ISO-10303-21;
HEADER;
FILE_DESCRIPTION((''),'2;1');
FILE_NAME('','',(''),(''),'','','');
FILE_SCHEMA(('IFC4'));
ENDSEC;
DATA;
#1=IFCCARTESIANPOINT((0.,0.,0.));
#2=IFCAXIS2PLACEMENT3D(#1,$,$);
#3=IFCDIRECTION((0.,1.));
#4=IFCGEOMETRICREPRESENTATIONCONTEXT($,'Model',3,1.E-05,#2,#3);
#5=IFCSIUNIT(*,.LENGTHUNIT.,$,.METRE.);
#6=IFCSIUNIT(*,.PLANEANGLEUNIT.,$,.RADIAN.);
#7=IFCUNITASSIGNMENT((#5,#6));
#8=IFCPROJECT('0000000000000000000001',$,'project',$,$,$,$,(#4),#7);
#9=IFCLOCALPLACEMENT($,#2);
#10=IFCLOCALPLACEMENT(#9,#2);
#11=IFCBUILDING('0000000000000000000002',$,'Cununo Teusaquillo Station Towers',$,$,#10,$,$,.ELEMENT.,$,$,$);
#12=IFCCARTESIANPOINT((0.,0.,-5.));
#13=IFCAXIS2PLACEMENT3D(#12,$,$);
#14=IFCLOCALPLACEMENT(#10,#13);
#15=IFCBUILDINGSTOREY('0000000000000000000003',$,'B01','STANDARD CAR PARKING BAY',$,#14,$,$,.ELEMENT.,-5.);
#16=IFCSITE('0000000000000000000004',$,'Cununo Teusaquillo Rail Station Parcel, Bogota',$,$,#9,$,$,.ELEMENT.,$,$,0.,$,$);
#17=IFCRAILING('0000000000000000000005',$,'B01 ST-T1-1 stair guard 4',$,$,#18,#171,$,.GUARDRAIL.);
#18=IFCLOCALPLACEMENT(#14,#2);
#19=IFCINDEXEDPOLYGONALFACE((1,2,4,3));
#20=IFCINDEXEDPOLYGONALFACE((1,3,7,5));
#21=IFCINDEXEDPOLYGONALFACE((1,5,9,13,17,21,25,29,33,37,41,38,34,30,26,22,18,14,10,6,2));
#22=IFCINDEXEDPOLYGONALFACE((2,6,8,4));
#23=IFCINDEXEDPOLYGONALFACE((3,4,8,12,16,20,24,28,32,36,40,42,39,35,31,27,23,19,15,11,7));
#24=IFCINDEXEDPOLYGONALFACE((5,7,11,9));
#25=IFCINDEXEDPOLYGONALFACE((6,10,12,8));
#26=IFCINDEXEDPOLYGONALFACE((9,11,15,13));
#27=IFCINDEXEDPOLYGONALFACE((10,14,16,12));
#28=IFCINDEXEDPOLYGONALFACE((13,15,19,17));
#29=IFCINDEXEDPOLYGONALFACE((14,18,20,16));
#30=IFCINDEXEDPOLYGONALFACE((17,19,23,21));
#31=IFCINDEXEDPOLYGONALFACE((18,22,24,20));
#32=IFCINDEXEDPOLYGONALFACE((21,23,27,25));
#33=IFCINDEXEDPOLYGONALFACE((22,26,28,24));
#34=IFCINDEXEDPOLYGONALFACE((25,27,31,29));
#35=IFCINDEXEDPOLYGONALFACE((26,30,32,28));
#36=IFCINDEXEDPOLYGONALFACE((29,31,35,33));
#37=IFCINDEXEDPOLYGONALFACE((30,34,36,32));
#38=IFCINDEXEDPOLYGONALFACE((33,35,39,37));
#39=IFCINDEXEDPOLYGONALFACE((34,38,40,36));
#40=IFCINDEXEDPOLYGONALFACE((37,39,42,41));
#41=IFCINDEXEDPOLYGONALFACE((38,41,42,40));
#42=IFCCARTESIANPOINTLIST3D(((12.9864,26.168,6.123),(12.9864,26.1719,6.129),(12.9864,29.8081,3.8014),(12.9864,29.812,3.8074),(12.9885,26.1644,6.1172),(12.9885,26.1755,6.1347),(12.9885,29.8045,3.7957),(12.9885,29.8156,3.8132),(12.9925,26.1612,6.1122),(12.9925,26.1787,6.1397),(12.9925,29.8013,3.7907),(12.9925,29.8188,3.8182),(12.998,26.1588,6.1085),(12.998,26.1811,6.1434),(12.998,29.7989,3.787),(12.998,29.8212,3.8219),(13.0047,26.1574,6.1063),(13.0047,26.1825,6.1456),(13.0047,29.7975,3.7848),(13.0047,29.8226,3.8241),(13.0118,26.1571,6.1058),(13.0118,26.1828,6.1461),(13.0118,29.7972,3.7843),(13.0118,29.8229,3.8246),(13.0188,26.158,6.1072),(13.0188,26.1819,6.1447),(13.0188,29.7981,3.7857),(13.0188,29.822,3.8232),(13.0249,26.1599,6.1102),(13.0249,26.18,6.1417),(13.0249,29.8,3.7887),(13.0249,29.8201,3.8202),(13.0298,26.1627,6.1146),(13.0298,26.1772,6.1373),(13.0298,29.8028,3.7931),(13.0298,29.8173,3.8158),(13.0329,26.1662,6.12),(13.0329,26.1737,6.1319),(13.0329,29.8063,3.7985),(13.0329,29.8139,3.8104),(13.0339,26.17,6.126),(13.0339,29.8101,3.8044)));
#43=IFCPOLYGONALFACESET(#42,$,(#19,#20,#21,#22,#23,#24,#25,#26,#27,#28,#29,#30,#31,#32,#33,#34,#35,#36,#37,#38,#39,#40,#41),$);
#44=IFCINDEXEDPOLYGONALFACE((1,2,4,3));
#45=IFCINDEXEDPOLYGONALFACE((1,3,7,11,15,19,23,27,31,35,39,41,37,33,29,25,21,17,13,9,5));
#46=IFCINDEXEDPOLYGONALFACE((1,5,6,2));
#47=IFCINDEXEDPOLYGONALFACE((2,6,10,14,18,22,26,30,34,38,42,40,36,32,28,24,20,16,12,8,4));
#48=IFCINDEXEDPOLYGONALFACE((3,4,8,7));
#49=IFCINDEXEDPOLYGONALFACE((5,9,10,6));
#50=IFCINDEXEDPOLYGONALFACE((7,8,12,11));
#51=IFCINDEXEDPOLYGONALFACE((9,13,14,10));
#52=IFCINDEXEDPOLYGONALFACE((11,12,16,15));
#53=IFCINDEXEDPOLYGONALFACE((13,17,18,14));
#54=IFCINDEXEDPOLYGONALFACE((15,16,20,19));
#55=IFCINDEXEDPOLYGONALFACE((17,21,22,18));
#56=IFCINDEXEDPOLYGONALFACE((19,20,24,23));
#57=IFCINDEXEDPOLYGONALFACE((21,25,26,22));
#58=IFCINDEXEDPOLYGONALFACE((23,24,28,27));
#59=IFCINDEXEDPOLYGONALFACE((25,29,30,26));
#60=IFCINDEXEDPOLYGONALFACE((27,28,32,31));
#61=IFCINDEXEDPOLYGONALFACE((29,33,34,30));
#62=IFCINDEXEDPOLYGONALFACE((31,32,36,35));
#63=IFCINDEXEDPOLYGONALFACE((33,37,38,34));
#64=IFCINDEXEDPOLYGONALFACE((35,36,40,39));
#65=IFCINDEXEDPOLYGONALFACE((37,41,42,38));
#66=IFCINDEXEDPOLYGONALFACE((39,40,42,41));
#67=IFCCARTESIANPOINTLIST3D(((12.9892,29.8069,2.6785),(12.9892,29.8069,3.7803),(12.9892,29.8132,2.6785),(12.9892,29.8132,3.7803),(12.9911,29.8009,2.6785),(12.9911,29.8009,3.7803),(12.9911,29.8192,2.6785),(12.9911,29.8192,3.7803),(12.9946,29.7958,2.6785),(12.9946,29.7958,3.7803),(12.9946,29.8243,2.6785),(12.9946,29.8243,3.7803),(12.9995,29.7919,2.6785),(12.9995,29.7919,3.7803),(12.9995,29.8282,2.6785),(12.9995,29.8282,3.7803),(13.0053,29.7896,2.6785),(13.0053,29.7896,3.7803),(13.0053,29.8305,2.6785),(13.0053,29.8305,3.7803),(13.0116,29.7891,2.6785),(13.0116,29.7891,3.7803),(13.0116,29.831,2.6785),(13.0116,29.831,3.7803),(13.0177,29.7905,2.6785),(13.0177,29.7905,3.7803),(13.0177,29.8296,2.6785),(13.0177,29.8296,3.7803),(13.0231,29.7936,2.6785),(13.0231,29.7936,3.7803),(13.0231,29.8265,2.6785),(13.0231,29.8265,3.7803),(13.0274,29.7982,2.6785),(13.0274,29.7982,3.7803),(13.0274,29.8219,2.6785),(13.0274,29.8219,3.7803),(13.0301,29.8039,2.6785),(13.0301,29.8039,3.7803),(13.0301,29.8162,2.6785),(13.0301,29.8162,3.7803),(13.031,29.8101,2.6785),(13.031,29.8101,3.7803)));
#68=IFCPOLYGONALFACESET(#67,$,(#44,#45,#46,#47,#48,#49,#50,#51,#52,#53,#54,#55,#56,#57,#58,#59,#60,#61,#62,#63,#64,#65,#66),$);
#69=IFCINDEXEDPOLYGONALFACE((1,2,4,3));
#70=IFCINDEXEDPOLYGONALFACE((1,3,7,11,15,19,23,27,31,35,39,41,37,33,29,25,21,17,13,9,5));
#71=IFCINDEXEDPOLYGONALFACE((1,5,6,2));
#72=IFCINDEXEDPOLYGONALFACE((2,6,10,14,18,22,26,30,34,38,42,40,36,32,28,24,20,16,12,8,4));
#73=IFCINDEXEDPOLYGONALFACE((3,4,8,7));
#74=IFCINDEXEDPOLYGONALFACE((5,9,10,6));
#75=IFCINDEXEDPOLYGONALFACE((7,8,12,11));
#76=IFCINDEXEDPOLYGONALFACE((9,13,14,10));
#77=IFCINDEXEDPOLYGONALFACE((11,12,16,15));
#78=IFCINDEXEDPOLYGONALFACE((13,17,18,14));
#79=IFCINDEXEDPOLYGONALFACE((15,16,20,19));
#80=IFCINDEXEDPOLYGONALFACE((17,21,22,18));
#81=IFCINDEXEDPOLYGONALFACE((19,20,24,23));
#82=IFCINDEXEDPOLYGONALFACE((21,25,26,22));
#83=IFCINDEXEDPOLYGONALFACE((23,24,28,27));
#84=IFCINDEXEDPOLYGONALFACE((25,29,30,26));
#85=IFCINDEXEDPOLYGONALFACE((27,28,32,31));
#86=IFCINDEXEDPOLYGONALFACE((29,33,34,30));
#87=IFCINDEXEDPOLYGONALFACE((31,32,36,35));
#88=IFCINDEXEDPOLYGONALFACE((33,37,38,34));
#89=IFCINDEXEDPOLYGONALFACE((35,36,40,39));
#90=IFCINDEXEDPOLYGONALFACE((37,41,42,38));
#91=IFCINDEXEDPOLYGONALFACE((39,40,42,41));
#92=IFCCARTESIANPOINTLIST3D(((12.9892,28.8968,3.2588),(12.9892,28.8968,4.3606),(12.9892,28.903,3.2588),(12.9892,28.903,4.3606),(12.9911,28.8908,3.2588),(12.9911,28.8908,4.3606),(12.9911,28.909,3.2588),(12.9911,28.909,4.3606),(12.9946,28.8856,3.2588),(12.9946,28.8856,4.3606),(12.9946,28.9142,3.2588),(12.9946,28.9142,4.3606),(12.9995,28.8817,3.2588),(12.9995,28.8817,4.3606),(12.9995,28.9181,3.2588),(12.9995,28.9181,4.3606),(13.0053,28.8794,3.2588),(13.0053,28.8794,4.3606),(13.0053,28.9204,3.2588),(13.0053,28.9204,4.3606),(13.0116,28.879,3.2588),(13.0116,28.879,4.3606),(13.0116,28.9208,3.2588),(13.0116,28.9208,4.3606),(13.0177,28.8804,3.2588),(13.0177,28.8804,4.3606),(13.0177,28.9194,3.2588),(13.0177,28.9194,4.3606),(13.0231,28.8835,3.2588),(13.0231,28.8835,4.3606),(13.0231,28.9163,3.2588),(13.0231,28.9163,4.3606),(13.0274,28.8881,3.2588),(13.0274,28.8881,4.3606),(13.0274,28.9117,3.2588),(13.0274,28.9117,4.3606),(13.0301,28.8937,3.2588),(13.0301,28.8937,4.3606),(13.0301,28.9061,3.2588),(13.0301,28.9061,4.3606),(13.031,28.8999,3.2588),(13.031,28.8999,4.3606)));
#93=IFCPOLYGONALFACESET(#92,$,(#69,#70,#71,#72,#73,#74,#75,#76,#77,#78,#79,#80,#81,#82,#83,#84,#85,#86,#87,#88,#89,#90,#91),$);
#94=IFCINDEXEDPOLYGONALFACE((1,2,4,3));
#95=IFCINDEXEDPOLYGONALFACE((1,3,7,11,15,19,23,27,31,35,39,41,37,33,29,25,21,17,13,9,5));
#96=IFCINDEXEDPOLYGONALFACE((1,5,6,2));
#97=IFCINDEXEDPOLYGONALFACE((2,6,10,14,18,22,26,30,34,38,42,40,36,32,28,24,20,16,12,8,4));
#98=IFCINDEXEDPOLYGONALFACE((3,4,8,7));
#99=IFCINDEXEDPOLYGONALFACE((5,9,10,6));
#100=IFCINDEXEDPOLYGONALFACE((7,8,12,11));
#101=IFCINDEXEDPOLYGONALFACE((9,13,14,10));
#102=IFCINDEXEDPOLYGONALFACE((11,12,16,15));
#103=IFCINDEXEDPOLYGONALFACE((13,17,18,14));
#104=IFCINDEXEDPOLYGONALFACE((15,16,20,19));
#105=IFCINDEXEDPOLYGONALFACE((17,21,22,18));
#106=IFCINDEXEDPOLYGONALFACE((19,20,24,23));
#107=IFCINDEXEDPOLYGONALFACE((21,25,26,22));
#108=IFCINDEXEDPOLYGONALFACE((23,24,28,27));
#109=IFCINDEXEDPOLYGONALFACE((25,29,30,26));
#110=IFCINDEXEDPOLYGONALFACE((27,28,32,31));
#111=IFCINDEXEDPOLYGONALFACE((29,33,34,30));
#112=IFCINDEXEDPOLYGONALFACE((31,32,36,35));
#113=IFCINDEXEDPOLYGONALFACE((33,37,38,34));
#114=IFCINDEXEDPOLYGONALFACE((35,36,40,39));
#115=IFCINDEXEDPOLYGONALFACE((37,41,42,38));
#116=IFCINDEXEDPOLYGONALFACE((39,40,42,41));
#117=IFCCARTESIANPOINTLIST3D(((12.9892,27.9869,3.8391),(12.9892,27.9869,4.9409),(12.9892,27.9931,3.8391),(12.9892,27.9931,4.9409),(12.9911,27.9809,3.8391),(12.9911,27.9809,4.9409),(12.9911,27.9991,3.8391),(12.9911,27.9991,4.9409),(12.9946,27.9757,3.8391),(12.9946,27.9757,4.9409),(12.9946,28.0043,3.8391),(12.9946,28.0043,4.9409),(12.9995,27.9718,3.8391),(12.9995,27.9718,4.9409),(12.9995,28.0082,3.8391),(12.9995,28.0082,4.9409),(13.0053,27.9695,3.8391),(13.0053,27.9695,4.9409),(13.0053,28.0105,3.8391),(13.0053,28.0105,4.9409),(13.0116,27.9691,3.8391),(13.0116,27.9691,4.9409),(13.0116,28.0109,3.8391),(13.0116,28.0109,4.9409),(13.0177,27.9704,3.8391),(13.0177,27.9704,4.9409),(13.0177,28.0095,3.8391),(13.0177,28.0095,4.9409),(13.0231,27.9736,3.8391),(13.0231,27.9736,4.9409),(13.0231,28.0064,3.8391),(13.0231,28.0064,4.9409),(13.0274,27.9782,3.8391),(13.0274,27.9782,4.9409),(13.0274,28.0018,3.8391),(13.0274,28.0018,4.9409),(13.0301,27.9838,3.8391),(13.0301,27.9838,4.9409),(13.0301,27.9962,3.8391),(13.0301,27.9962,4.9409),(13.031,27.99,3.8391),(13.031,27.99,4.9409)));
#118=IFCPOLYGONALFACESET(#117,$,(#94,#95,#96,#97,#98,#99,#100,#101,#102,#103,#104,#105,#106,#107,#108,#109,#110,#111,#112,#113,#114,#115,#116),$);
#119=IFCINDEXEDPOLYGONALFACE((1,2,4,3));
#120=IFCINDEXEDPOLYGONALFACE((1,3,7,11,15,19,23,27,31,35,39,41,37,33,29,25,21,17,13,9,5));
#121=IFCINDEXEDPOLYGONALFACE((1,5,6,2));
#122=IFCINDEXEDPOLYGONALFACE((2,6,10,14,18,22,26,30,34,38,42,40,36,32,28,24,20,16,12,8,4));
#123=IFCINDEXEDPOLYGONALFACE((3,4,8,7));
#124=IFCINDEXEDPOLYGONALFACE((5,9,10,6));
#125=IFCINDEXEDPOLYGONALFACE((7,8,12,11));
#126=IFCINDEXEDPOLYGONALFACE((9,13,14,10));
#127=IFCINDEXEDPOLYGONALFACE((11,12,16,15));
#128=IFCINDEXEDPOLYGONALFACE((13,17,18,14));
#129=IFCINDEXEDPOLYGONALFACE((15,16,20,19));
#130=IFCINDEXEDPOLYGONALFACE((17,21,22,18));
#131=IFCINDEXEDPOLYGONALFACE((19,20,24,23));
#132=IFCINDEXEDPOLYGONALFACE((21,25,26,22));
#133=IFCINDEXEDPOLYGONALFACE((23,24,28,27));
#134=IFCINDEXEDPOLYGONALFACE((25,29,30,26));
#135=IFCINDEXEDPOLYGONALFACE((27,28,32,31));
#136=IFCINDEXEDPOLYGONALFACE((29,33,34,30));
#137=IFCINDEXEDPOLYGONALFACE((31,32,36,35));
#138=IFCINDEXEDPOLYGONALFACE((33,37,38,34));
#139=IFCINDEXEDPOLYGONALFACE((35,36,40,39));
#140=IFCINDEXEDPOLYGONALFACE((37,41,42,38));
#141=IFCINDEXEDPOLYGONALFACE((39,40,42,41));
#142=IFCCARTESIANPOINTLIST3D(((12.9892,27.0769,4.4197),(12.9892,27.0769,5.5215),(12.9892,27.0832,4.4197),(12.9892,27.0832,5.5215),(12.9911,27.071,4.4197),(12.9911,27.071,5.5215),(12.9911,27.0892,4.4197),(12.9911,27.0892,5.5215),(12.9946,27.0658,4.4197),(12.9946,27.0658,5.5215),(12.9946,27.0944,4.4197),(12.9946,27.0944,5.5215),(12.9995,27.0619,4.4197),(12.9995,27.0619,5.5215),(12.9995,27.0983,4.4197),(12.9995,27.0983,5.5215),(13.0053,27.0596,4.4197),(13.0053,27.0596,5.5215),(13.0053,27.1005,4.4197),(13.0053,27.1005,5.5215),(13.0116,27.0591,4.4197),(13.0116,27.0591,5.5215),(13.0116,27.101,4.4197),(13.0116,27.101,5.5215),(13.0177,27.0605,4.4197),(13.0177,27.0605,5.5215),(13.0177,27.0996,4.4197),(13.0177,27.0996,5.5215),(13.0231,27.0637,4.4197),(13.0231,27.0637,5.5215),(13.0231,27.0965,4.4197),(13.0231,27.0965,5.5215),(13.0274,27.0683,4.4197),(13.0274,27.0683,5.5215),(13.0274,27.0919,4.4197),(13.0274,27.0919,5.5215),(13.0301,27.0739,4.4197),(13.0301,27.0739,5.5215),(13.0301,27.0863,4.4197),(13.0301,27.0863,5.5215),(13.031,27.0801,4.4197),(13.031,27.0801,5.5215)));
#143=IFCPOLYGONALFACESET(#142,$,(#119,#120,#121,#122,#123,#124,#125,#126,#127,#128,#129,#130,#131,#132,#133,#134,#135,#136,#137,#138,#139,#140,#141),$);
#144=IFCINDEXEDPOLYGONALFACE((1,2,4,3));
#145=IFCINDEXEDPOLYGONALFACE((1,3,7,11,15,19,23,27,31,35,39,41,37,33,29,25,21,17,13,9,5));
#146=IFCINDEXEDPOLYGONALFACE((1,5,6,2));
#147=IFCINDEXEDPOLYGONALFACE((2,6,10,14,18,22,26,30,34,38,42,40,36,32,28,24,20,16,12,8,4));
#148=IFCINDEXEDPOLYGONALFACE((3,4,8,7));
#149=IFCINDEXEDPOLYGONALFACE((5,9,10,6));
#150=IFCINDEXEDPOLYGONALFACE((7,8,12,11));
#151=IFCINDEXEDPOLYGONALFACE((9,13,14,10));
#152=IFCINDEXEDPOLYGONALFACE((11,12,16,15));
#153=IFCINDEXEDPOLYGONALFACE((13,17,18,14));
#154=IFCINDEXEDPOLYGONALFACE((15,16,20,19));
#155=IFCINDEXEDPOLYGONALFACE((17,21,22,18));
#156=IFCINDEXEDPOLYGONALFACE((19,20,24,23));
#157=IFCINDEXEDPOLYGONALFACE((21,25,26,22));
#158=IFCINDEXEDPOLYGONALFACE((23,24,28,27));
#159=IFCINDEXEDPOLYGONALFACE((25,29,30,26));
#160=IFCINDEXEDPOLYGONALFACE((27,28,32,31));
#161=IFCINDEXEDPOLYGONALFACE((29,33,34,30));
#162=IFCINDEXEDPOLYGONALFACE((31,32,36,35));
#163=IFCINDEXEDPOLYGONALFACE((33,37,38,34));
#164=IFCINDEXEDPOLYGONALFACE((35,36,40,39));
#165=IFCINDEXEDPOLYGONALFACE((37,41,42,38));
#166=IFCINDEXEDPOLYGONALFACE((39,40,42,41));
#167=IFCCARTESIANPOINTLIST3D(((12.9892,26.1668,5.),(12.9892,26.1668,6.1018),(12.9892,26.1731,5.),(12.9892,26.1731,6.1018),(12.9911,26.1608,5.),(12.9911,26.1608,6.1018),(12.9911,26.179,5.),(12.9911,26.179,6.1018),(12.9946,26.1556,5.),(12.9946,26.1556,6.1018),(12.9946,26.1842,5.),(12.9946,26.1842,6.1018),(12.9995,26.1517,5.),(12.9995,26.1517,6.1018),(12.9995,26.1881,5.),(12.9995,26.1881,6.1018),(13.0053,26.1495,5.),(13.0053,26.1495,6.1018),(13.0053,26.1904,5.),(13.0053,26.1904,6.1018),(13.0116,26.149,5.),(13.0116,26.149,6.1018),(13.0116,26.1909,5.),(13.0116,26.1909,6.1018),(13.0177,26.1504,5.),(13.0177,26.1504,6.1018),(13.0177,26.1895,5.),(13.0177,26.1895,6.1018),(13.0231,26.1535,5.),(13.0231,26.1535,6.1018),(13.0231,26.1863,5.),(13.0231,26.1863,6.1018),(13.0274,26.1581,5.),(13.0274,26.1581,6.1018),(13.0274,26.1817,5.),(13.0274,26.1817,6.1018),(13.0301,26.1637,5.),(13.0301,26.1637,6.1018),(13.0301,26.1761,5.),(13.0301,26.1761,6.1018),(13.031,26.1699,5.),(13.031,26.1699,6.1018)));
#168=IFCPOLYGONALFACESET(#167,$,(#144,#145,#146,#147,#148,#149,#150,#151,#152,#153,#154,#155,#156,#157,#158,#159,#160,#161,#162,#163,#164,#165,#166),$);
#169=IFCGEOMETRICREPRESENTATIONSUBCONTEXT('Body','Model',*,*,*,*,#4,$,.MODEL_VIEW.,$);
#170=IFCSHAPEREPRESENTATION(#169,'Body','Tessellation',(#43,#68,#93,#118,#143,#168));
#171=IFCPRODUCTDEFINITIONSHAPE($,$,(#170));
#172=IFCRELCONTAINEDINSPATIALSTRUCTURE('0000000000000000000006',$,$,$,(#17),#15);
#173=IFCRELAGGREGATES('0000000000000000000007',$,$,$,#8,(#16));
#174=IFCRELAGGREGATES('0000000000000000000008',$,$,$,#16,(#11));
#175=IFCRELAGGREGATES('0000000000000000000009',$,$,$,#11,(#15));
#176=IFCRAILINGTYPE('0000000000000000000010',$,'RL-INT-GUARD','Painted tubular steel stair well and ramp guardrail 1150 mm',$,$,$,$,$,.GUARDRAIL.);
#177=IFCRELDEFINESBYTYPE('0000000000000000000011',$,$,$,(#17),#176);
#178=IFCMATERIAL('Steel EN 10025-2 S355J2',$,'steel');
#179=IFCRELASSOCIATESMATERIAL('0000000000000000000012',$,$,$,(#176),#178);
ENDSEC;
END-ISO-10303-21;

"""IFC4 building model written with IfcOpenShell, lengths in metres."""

from ifc_helpers import new_model, si_unit, direction, frame, origin, origin_2d, place, context, subcontext, project, spatial, circle, extrude, material, type_object, element, save


model = new_model("IFC4")

# Units and contexts
model_context = context("Model", 3, precision=1e-05, world=origin(), true_north=direction((0.0, 1.0)))
body_context = subcontext(model_context, "Body", "Model", "MODEL_VIEW")
ifc_project = project(units=[si_unit("LENGTHUNIT", "METRE"), si_unit("PLANEANGLEUNIT", "RADIAN")], contexts=[model_context])

# Site, building, storey
site_placement = place(None, origin())
site = spatial("IfcSite", under=ifc_project, at=site_placement, Name="Cununo Teusaquillo Rail Station Parcel, Bogota", CompositionType="ELEMENT", RefElevation=0.0)
building_placement = place(site_placement, origin())
building = spatial("IfcBuilding", under=site, at=building_placement, Name="Cununo Teusaquillo Station Towers", CompositionType="ELEMENT")
storey_placement = place(building_placement, frame((0.0, 0.0, -5.0)))
storey = spatial("IfcBuildingStorey", under=building, at=storey_placement, Name="B01", Description="STANDARD CAR PARKING BAY", CompositionType="ELEMENT", Elevation=-5.0)

# Railing
ifc_material_1 = material(Name="Steel EN 10025-2 S355J2", Category="steel")
railing_type_1 = type_object("IfcRailingType", Name="RL-INT-GUARD", Description="Painted tubular steel stair well and ramp guardrail 1150 mm", PredefinedType="GUARDRAIL", material=ifc_material_1)
railing_1_placement = place(storey_placement, frame((13.01, 29.8101, 2.6785)))
element("IfcRailing", 1, at=railing_1_placement, inside=storey, type_object=railing_type_1, Name="B01 ST-T1-1 stair guard 4", PredefinedType="GUARDRAIL", context=body_context, shape_type="SweptSolid", body=[
    extrude(circle(Radius=0.0239, at=origin_2d()), frame((0.0, 0.0, 1.126), z_axis=(0.0, -0.843128, 0.537713), x_axis=(1.0, 0.0, 0.0)), (0.0, 0.0, 1.0), 4.3174),
    extrude(circle(Radius=0.021, at=origin_2d()), origin(), (0.0, 0.0, 1.0), 1.1018),
    extrude(circle(Radius=0.021, at=origin_2d()), frame((0.0, -0.9102, 0.5803)), (0.0, 0.0, 1.0), 1.1018),
    extrude(circle(Radius=0.021, at=origin_2d()), frame((0.0, -1.8201, 1.1606)), (0.0, 0.0, 1.0), 1.1018),
    extrude(circle(Radius=0.021, at=origin_2d()), frame((0.0, -2.73, 1.7412)), (0.0, 0.0, 1.0), 1.1018),
    extrude(circle(Radius=0.021, at=origin_2d()), frame((0.0, -3.6401, 2.3215)), (0.0, 0.0, 1.0), 1.1018),
])

save(model, "model.ifc")
